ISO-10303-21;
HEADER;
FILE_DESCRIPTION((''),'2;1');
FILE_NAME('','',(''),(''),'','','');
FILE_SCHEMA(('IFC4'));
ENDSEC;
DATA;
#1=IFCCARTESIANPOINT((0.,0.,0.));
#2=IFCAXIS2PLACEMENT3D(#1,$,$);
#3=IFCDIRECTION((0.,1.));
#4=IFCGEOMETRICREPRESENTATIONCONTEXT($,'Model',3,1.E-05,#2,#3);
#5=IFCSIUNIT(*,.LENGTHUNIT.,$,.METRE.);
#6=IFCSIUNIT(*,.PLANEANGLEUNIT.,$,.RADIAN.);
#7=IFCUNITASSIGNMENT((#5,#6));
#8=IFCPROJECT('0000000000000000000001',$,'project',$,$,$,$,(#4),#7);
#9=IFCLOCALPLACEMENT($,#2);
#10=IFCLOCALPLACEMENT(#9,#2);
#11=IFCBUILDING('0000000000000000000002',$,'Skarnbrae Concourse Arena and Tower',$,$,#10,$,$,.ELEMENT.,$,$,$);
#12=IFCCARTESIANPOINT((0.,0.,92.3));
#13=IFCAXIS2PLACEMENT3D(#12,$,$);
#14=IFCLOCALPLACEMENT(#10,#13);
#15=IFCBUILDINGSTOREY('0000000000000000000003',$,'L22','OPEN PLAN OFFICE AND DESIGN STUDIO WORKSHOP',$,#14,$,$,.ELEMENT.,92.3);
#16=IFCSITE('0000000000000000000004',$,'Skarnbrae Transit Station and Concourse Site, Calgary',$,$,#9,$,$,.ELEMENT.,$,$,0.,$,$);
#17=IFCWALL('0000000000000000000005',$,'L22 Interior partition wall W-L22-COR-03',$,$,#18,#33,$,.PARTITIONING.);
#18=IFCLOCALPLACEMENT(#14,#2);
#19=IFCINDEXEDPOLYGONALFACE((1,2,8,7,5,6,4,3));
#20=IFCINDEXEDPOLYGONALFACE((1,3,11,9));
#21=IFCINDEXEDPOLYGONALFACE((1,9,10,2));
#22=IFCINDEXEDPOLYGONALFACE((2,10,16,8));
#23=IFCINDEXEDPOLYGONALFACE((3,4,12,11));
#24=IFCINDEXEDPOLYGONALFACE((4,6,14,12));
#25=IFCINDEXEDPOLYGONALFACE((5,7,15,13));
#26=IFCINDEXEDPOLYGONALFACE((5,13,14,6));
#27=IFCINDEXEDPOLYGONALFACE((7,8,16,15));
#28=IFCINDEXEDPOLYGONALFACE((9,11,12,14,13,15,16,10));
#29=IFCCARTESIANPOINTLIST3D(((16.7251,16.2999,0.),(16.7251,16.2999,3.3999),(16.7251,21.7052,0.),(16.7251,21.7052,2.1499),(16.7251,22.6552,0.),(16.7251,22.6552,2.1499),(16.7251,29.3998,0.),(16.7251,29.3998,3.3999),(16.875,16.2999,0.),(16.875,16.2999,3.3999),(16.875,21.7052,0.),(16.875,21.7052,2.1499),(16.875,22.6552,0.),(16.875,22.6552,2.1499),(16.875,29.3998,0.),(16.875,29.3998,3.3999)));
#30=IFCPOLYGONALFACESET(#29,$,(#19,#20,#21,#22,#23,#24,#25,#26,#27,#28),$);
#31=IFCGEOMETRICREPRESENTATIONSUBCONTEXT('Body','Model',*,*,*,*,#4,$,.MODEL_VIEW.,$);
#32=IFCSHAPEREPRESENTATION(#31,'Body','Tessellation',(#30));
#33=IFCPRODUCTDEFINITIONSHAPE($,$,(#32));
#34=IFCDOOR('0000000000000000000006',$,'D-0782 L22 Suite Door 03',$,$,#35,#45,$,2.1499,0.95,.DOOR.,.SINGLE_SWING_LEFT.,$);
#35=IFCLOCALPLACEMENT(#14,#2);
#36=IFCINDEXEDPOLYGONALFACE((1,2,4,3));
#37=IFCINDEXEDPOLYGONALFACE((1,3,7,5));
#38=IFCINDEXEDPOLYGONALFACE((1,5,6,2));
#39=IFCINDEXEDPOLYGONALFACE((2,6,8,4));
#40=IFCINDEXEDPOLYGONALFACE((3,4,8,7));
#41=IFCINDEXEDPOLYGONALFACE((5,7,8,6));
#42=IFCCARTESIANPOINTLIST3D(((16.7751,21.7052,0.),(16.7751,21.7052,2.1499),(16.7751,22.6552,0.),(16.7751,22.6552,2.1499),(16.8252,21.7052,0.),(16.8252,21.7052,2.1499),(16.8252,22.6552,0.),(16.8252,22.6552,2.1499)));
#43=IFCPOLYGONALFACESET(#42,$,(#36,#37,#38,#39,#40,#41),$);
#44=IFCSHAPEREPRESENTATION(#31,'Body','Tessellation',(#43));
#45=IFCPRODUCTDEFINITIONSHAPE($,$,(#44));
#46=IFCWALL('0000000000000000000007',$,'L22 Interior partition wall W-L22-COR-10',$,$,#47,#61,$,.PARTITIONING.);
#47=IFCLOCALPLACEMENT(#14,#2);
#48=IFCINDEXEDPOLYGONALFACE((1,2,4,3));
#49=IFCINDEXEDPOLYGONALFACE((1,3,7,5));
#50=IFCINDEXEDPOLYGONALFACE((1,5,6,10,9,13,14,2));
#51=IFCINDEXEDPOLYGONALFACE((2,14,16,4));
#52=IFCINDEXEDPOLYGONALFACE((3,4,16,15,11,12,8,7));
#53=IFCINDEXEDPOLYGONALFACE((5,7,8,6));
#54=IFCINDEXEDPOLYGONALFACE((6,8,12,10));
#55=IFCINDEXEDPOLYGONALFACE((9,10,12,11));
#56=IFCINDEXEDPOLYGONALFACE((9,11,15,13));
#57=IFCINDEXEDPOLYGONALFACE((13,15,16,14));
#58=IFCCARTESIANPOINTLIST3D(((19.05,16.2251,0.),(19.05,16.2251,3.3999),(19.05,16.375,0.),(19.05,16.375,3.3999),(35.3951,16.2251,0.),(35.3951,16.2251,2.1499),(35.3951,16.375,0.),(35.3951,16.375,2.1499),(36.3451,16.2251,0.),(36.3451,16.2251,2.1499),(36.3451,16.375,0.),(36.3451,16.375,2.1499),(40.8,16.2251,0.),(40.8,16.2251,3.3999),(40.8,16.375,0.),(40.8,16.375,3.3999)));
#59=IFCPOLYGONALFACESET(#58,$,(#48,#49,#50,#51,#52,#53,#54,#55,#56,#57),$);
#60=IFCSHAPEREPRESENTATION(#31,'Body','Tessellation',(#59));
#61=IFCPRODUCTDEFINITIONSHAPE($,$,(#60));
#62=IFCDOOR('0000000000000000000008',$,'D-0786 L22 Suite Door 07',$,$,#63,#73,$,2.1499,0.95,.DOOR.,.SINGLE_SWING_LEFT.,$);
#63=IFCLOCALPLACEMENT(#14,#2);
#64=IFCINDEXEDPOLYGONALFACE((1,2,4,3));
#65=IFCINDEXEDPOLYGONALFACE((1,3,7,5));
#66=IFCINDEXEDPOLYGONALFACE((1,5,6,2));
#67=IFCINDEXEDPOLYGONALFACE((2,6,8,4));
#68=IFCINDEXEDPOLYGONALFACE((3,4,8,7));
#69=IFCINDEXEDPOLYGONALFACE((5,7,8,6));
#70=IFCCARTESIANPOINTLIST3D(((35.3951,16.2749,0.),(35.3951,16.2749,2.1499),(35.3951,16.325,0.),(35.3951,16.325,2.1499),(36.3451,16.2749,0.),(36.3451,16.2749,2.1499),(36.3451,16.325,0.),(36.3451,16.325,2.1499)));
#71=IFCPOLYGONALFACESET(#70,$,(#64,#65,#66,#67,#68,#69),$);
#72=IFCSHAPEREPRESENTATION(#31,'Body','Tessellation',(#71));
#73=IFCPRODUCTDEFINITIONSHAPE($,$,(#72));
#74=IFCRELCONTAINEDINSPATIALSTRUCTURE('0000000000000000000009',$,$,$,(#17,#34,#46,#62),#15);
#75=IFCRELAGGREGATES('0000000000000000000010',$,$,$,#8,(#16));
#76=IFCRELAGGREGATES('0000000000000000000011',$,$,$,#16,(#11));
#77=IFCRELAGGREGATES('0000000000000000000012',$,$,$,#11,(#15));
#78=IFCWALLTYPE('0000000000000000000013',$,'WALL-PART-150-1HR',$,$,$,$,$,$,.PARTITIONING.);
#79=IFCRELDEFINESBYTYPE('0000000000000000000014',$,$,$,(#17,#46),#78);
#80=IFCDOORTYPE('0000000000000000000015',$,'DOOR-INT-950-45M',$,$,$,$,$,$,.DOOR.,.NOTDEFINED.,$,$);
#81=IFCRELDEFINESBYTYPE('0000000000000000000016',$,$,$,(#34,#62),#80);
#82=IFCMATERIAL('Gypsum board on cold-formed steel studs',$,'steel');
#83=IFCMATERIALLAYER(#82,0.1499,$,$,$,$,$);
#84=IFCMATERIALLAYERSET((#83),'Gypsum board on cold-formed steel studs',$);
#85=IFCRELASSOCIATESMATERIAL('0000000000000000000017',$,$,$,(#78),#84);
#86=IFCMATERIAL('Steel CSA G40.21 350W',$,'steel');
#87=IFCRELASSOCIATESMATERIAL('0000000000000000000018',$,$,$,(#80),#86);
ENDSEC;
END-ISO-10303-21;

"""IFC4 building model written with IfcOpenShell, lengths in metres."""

from ifc_helpers import new_model, si_unit, direction, frame, frame_2d, origin, place, context, subcontext, project, spatial, rectangle, extrude, source, transform, mapped, material, layer, layer_set, type_object, element, fill, save


model = new_model("IFC4")

# Units and contexts
model_context = context("Model", 3, precision=1e-05, world=origin(), true_north=direction((0.0, 1.0)))
body_context = subcontext(model_context, "Body", "Model", "MODEL_VIEW")
ifc_project = project(units=[si_unit("LENGTHUNIT", "METRE"), si_unit("PLANEANGLEUNIT", "RADIAN")], contexts=[model_context])

# Site, building, storey
site_placement = place(None, origin())
site = spatial("IfcSite", under=ifc_project, at=site_placement, Name="Skarnbrae Transit Station and Concourse Site, Calgary", CompositionType="ELEMENT", RefElevation=0.0)
building_placement = place(site_placement, origin())
building = spatial("IfcBuilding", under=site, at=building_placement, Name="Skarnbrae Concourse Arena and Tower", CompositionType="ELEMENT")
storey_placement = place(building_placement, frame((0.0, 0.0, 92.3)))
storey = spatial("IfcBuildingStorey", under=building, at=storey_placement, Name="L22", Description="OPEN PLAN OFFICE AND DESIGN STUDIO WORKSHOP", CompositionType="ELEMENT", Elevation=92.3)

# Shared definitions
ifc_material_1 = material(Name="Steel CSA G40.21 350W", Category="steel")

# Shared definitions
ifc_material_2 = material(Name="Gypsum board on cold-formed steel studs", Category="steel")

# Walls, openings, doors
ifc_layer_1 = layer(ifc_material_2, 0.1499)
ifc_layer_set_1 = layer_set([ifc_layer_1], Name="Gypsum board on cold-formed steel studs")
wall_type_1 = type_object("IfcWallType", Name="WALL-PART-150-1HR", PredefinedType="PARTITIONING", material=ifc_layer_set_1)
shared_shape_1 = source(origin(), body_context, "Body", "SweptSolid", [
    extrude(rectangle(XDim=13.0999, YDim=0.1499, at=frame_2d((6.5498, 0.0))), origin(), (0.0, 0.0, 1.0), 3.3999),
])
wall_1_placement = place(storey_placement, frame((16.8, 16.3, 0.0), z_axis=(0.0, 0.0, 1.0), x_axis=(0.0, 1.0, 0.0)))
wall_1 = element("IfcWall", 1, at=wall_1_placement, inside=storey, type_object=wall_type_1, Name="L22 Interior partition wall W-L22-COR-03", PredefinedType="PARTITIONING", context=body_context, shape_type="MappedRepresentation", body=[
    mapped(shared_shape_1, transform((0.0, 0.0, 0.0))),
])
opening_1_placement = place(wall_1_placement, frame((5.405, 0.0, 0.0)))
opening_1 = element("IfcOpeningElement", 2, at=opening_1_placement, cuts=wall_1, PredefinedType="OPENING", context=body_context, shape_type="SweptSolid", body=[
    extrude(rectangle(XDim=0.95, YDim=2.1499, at=frame_2d((0.4751, 1.075))), frame((0.0, 0.085, 0.0), z_axis=(0.0, -1.0, 0.0), x_axis=(1.0, 0.0, 0.0)), (0.0, 0.0, 1.0), 0.1699),
])
door_type_1 = type_object("IfcDoorType", Name="DOOR-INT-950-45M", OperationType="NOTDEFINED", PredefinedType="DOOR", material=ifc_material_1)
shared_shape_2 = source(origin(), body_context, "Body", "SweptSolid", [
    extrude(rectangle(XDim=0.95, YDim=2.1499, at=frame_2d((0.4751, 1.075))), frame((0.0, 0.0249, 0.0), z_axis=(0.0, -1.0, 0.0), x_axis=(1.0, 0.0, 0.0)), (0.0, 0.0, 1.0), 0.05),
])
door_1_placement = place(opening_1_placement, origin())
door_1 = element("IfcDoor", 3, at=door_1_placement, inside=storey, type_object=door_type_1, Name="D-0782 L22 Suite Door 03", OperationType="SINGLE_SWING_LEFT", OverallHeight=2.1499, OverallWidth=0.95, PredefinedType="DOOR", context=body_context, shape_type="MappedRepresentation", body=[
    mapped(shared_shape_2, transform((0.0, 0.0, 0.0))),
])
fill(opening_1, door_1)
shared_shape_3 = source(origin(), body_context, "Body", "SweptSolid", [
    extrude(rectangle(XDim=21.75, YDim=0.1499, at=frame_2d((10.875, 0.0))), origin(), (0.0, 0.0, 1.0), 3.3999),
])
wall_2_placement = place(storey_placement, frame((19.05, 16.3, 0.0), z_axis=(0.0, 0.0, 1.0), x_axis=(1.0, 0.0, 0.0)))
wall_2 = element("IfcWall", 4, at=wall_2_placement, inside=storey, type_object=wall_type_1, Name="L22 Interior partition wall W-L22-COR-10", PredefinedType="PARTITIONING", context=body_context, shape_type="MappedRepresentation", body=[
    mapped(shared_shape_3, transform((0.0, 0.0, 0.0))),
])
opening_2_placement = place(wall_2_placement, frame((16.345, 0.0, 0.0)))
opening_2 = element("IfcOpeningElement", 5, at=opening_2_placement, cuts=wall_2, PredefinedType="OPENING", context=body_context, shape_type="SweptSolid", body=[
    extrude(rectangle(XDim=0.95, YDim=2.1499, at=frame_2d((0.4751, 1.075))), frame((0.0, 0.085, 0.0), z_axis=(0.0, -1.0, 0.0), x_axis=(1.0, 0.0, 0.0)), (0.0, 0.0, 1.0), 0.1699),
])
door_2_placement = place(opening_2_placement, origin())
door_2 = element("IfcDoor", 6, at=door_2_placement, inside=storey, type_object=door_type_1, Name="D-0786 L22 Suite Door 07", OperationType="SINGLE_SWING_LEFT", OverallHeight=2.1499, OverallWidth=0.95, PredefinedType="DOOR", context=body_context, shape_type="MappedRepresentation", body=[
    mapped(shared_shape_2, transform((0.0, 0.0, 0.0))),
])
fill(opening_2, door_2)

save(model, "model.ifc")
